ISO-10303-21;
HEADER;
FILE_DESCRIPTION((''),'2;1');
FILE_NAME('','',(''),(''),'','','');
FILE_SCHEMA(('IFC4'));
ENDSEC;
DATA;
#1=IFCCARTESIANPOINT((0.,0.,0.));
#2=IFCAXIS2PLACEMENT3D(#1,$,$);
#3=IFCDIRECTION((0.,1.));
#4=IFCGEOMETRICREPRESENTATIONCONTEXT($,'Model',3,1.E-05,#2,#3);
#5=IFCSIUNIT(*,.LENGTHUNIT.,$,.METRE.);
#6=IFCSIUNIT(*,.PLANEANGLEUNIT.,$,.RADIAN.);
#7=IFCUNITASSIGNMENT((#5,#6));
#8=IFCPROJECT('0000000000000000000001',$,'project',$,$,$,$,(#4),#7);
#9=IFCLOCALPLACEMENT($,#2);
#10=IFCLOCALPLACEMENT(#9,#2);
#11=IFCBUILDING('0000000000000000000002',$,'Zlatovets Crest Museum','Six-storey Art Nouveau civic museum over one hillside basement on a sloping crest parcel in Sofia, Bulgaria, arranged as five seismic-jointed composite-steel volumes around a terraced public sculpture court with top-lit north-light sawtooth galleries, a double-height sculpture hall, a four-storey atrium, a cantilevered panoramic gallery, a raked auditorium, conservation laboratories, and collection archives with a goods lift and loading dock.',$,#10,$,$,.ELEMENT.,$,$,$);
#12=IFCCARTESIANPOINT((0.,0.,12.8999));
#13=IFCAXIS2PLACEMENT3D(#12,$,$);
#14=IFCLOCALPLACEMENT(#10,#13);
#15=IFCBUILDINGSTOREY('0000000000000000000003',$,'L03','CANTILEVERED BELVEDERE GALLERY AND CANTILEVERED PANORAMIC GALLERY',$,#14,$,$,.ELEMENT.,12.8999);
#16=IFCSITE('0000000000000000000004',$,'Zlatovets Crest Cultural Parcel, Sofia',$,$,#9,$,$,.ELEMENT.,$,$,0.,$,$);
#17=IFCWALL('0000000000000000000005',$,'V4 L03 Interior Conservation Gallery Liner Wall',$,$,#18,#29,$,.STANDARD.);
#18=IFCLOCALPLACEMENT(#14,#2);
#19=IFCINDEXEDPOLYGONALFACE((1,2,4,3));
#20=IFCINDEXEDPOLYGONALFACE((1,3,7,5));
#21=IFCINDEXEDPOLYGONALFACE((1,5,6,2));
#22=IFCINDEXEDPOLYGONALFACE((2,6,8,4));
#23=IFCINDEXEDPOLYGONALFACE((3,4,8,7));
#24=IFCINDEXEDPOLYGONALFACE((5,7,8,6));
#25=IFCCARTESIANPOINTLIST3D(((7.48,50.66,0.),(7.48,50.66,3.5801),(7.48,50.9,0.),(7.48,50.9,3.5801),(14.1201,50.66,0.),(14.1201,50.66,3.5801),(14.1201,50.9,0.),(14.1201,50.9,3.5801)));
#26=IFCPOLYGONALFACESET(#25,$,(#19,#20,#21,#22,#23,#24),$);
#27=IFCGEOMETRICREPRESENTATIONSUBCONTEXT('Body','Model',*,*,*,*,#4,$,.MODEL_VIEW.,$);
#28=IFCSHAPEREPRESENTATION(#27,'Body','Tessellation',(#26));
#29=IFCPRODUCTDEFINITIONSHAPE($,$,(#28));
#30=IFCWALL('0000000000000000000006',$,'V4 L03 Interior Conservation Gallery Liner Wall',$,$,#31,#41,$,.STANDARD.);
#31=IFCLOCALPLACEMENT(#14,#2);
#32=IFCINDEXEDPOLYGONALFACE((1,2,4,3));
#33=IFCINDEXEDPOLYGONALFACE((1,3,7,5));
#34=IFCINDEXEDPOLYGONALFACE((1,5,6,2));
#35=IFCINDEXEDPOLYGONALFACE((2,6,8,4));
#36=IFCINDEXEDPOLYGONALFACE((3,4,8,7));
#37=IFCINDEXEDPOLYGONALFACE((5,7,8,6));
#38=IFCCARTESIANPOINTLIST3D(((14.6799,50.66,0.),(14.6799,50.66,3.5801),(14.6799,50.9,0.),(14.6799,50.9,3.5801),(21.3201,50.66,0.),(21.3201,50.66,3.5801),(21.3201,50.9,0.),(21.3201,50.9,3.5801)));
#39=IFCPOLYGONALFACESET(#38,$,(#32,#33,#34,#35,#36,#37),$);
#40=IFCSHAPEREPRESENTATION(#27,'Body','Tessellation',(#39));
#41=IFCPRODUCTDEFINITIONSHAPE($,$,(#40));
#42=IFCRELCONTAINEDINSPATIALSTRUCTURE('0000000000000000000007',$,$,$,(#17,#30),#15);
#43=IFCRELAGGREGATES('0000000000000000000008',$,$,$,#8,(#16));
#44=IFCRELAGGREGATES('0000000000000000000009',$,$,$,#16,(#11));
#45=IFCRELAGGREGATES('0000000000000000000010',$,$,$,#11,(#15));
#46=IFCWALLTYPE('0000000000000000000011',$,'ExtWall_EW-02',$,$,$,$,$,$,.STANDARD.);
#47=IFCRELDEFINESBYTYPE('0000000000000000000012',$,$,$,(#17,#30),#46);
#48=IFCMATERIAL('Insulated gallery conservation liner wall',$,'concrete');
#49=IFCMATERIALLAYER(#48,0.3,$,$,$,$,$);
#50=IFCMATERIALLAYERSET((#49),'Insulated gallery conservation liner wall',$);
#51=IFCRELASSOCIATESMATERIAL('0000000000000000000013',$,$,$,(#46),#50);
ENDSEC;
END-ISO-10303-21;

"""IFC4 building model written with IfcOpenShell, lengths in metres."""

from ifc_helpers import new_model, si_unit, direction, frame, frame_2d, origin, place, context, subcontext, project, spatial, rectangle, extrude, material, layer, layer_set, type_object, element, save


model = new_model("IFC4")

# Units and contexts
model_context = context("Model", 3, precision=1e-05, world=origin(), true_north=direction((0.0, 1.0)))
body_context = subcontext(model_context, "Body", "Model", "MODEL_VIEW")
ifc_project = project(units=[si_unit("LENGTHUNIT", "METRE"), si_unit("PLANEANGLEUNIT", "RADIAN")], contexts=[model_context])

# Site, building, storey
site_placement = place(None, origin())
site = spatial("IfcSite", under=ifc_project, at=site_placement, Name="Zlatovets Crest Cultural Parcel, Sofia", CompositionType="ELEMENT", RefElevation=0.0)
building_placement = place(site_placement, origin())
building = spatial("IfcBuilding", under=site, at=building_placement, Name="Zlatovets Crest Museum", Description="Six-storey Art Nouveau civic museum over one hillside basement on a sloping crest parcel in Sofia, Bulgaria, arranged as five seismic-jointed composite-steel volumes around a terraced public sculpture court with top-lit north-light sawtooth galleries, a double-height sculpture hall, a four-storey atrium, a cantilevered panoramic gallery, a raked auditorium, conservation laboratories, and collection archives with a goods lift and loading dock.", CompositionType="ELEMENT")
storey_placement = place(building_placement, frame((0.0, 0.0, 12.8999)))
storey = spatial("IfcBuildingStorey", under=building, at=storey_placement, Name="L03", Description="CANTILEVERED BELVEDERE GALLERY AND CANTILEVERED PANORAMIC GALLERY", CompositionType="ELEMENT", Elevation=12.8999)

# Walls
ifc_material_1 = material(Name="Insulated gallery conservation liner wall", Category="concrete")
ifc_layer_1 = layer(ifc_material_1, 0.3)
ifc_layer_set_1 = layer_set([ifc_layer_1], Name="Insulated gallery conservation liner wall")
wall_type = type_object("IfcWallType", Name="ExtWall_EW-02", PredefinedType="STANDARD", material=ifc_layer_set_1)
for number, where, z_axis, x_axis, name in (
    (1, (7.48, 50.78, 0.0), (0.0, 0.0, 1.0), (1.0, 0.0, 0.0), "V4 L03 Interior Conservation Gallery Liner Wall"),
    (2, (14.6799, 50.78, 0.0), (0.0, 0.0, 1.0), (1.0, 0.0, 0.0), "V4 L03 Interior Conservation Gallery Liner Wall"),
):
    element("IfcWall", number, at=place(storey_placement, frame(where, z_axis=z_axis, x_axis=x_axis)), inside=storey, type_object=wall_type, Name=name, PredefinedType="STANDARD", context=body_context, shape_type="SweptSolid", body=[
        extrude(rectangle(XDim=6.6401, YDim=0.24, at=frame_2d((3.3201, 0.0))), origin(), (0.0, 0.0, 1.0), 3.5801),
    ])

save(model, "model.ifc")
